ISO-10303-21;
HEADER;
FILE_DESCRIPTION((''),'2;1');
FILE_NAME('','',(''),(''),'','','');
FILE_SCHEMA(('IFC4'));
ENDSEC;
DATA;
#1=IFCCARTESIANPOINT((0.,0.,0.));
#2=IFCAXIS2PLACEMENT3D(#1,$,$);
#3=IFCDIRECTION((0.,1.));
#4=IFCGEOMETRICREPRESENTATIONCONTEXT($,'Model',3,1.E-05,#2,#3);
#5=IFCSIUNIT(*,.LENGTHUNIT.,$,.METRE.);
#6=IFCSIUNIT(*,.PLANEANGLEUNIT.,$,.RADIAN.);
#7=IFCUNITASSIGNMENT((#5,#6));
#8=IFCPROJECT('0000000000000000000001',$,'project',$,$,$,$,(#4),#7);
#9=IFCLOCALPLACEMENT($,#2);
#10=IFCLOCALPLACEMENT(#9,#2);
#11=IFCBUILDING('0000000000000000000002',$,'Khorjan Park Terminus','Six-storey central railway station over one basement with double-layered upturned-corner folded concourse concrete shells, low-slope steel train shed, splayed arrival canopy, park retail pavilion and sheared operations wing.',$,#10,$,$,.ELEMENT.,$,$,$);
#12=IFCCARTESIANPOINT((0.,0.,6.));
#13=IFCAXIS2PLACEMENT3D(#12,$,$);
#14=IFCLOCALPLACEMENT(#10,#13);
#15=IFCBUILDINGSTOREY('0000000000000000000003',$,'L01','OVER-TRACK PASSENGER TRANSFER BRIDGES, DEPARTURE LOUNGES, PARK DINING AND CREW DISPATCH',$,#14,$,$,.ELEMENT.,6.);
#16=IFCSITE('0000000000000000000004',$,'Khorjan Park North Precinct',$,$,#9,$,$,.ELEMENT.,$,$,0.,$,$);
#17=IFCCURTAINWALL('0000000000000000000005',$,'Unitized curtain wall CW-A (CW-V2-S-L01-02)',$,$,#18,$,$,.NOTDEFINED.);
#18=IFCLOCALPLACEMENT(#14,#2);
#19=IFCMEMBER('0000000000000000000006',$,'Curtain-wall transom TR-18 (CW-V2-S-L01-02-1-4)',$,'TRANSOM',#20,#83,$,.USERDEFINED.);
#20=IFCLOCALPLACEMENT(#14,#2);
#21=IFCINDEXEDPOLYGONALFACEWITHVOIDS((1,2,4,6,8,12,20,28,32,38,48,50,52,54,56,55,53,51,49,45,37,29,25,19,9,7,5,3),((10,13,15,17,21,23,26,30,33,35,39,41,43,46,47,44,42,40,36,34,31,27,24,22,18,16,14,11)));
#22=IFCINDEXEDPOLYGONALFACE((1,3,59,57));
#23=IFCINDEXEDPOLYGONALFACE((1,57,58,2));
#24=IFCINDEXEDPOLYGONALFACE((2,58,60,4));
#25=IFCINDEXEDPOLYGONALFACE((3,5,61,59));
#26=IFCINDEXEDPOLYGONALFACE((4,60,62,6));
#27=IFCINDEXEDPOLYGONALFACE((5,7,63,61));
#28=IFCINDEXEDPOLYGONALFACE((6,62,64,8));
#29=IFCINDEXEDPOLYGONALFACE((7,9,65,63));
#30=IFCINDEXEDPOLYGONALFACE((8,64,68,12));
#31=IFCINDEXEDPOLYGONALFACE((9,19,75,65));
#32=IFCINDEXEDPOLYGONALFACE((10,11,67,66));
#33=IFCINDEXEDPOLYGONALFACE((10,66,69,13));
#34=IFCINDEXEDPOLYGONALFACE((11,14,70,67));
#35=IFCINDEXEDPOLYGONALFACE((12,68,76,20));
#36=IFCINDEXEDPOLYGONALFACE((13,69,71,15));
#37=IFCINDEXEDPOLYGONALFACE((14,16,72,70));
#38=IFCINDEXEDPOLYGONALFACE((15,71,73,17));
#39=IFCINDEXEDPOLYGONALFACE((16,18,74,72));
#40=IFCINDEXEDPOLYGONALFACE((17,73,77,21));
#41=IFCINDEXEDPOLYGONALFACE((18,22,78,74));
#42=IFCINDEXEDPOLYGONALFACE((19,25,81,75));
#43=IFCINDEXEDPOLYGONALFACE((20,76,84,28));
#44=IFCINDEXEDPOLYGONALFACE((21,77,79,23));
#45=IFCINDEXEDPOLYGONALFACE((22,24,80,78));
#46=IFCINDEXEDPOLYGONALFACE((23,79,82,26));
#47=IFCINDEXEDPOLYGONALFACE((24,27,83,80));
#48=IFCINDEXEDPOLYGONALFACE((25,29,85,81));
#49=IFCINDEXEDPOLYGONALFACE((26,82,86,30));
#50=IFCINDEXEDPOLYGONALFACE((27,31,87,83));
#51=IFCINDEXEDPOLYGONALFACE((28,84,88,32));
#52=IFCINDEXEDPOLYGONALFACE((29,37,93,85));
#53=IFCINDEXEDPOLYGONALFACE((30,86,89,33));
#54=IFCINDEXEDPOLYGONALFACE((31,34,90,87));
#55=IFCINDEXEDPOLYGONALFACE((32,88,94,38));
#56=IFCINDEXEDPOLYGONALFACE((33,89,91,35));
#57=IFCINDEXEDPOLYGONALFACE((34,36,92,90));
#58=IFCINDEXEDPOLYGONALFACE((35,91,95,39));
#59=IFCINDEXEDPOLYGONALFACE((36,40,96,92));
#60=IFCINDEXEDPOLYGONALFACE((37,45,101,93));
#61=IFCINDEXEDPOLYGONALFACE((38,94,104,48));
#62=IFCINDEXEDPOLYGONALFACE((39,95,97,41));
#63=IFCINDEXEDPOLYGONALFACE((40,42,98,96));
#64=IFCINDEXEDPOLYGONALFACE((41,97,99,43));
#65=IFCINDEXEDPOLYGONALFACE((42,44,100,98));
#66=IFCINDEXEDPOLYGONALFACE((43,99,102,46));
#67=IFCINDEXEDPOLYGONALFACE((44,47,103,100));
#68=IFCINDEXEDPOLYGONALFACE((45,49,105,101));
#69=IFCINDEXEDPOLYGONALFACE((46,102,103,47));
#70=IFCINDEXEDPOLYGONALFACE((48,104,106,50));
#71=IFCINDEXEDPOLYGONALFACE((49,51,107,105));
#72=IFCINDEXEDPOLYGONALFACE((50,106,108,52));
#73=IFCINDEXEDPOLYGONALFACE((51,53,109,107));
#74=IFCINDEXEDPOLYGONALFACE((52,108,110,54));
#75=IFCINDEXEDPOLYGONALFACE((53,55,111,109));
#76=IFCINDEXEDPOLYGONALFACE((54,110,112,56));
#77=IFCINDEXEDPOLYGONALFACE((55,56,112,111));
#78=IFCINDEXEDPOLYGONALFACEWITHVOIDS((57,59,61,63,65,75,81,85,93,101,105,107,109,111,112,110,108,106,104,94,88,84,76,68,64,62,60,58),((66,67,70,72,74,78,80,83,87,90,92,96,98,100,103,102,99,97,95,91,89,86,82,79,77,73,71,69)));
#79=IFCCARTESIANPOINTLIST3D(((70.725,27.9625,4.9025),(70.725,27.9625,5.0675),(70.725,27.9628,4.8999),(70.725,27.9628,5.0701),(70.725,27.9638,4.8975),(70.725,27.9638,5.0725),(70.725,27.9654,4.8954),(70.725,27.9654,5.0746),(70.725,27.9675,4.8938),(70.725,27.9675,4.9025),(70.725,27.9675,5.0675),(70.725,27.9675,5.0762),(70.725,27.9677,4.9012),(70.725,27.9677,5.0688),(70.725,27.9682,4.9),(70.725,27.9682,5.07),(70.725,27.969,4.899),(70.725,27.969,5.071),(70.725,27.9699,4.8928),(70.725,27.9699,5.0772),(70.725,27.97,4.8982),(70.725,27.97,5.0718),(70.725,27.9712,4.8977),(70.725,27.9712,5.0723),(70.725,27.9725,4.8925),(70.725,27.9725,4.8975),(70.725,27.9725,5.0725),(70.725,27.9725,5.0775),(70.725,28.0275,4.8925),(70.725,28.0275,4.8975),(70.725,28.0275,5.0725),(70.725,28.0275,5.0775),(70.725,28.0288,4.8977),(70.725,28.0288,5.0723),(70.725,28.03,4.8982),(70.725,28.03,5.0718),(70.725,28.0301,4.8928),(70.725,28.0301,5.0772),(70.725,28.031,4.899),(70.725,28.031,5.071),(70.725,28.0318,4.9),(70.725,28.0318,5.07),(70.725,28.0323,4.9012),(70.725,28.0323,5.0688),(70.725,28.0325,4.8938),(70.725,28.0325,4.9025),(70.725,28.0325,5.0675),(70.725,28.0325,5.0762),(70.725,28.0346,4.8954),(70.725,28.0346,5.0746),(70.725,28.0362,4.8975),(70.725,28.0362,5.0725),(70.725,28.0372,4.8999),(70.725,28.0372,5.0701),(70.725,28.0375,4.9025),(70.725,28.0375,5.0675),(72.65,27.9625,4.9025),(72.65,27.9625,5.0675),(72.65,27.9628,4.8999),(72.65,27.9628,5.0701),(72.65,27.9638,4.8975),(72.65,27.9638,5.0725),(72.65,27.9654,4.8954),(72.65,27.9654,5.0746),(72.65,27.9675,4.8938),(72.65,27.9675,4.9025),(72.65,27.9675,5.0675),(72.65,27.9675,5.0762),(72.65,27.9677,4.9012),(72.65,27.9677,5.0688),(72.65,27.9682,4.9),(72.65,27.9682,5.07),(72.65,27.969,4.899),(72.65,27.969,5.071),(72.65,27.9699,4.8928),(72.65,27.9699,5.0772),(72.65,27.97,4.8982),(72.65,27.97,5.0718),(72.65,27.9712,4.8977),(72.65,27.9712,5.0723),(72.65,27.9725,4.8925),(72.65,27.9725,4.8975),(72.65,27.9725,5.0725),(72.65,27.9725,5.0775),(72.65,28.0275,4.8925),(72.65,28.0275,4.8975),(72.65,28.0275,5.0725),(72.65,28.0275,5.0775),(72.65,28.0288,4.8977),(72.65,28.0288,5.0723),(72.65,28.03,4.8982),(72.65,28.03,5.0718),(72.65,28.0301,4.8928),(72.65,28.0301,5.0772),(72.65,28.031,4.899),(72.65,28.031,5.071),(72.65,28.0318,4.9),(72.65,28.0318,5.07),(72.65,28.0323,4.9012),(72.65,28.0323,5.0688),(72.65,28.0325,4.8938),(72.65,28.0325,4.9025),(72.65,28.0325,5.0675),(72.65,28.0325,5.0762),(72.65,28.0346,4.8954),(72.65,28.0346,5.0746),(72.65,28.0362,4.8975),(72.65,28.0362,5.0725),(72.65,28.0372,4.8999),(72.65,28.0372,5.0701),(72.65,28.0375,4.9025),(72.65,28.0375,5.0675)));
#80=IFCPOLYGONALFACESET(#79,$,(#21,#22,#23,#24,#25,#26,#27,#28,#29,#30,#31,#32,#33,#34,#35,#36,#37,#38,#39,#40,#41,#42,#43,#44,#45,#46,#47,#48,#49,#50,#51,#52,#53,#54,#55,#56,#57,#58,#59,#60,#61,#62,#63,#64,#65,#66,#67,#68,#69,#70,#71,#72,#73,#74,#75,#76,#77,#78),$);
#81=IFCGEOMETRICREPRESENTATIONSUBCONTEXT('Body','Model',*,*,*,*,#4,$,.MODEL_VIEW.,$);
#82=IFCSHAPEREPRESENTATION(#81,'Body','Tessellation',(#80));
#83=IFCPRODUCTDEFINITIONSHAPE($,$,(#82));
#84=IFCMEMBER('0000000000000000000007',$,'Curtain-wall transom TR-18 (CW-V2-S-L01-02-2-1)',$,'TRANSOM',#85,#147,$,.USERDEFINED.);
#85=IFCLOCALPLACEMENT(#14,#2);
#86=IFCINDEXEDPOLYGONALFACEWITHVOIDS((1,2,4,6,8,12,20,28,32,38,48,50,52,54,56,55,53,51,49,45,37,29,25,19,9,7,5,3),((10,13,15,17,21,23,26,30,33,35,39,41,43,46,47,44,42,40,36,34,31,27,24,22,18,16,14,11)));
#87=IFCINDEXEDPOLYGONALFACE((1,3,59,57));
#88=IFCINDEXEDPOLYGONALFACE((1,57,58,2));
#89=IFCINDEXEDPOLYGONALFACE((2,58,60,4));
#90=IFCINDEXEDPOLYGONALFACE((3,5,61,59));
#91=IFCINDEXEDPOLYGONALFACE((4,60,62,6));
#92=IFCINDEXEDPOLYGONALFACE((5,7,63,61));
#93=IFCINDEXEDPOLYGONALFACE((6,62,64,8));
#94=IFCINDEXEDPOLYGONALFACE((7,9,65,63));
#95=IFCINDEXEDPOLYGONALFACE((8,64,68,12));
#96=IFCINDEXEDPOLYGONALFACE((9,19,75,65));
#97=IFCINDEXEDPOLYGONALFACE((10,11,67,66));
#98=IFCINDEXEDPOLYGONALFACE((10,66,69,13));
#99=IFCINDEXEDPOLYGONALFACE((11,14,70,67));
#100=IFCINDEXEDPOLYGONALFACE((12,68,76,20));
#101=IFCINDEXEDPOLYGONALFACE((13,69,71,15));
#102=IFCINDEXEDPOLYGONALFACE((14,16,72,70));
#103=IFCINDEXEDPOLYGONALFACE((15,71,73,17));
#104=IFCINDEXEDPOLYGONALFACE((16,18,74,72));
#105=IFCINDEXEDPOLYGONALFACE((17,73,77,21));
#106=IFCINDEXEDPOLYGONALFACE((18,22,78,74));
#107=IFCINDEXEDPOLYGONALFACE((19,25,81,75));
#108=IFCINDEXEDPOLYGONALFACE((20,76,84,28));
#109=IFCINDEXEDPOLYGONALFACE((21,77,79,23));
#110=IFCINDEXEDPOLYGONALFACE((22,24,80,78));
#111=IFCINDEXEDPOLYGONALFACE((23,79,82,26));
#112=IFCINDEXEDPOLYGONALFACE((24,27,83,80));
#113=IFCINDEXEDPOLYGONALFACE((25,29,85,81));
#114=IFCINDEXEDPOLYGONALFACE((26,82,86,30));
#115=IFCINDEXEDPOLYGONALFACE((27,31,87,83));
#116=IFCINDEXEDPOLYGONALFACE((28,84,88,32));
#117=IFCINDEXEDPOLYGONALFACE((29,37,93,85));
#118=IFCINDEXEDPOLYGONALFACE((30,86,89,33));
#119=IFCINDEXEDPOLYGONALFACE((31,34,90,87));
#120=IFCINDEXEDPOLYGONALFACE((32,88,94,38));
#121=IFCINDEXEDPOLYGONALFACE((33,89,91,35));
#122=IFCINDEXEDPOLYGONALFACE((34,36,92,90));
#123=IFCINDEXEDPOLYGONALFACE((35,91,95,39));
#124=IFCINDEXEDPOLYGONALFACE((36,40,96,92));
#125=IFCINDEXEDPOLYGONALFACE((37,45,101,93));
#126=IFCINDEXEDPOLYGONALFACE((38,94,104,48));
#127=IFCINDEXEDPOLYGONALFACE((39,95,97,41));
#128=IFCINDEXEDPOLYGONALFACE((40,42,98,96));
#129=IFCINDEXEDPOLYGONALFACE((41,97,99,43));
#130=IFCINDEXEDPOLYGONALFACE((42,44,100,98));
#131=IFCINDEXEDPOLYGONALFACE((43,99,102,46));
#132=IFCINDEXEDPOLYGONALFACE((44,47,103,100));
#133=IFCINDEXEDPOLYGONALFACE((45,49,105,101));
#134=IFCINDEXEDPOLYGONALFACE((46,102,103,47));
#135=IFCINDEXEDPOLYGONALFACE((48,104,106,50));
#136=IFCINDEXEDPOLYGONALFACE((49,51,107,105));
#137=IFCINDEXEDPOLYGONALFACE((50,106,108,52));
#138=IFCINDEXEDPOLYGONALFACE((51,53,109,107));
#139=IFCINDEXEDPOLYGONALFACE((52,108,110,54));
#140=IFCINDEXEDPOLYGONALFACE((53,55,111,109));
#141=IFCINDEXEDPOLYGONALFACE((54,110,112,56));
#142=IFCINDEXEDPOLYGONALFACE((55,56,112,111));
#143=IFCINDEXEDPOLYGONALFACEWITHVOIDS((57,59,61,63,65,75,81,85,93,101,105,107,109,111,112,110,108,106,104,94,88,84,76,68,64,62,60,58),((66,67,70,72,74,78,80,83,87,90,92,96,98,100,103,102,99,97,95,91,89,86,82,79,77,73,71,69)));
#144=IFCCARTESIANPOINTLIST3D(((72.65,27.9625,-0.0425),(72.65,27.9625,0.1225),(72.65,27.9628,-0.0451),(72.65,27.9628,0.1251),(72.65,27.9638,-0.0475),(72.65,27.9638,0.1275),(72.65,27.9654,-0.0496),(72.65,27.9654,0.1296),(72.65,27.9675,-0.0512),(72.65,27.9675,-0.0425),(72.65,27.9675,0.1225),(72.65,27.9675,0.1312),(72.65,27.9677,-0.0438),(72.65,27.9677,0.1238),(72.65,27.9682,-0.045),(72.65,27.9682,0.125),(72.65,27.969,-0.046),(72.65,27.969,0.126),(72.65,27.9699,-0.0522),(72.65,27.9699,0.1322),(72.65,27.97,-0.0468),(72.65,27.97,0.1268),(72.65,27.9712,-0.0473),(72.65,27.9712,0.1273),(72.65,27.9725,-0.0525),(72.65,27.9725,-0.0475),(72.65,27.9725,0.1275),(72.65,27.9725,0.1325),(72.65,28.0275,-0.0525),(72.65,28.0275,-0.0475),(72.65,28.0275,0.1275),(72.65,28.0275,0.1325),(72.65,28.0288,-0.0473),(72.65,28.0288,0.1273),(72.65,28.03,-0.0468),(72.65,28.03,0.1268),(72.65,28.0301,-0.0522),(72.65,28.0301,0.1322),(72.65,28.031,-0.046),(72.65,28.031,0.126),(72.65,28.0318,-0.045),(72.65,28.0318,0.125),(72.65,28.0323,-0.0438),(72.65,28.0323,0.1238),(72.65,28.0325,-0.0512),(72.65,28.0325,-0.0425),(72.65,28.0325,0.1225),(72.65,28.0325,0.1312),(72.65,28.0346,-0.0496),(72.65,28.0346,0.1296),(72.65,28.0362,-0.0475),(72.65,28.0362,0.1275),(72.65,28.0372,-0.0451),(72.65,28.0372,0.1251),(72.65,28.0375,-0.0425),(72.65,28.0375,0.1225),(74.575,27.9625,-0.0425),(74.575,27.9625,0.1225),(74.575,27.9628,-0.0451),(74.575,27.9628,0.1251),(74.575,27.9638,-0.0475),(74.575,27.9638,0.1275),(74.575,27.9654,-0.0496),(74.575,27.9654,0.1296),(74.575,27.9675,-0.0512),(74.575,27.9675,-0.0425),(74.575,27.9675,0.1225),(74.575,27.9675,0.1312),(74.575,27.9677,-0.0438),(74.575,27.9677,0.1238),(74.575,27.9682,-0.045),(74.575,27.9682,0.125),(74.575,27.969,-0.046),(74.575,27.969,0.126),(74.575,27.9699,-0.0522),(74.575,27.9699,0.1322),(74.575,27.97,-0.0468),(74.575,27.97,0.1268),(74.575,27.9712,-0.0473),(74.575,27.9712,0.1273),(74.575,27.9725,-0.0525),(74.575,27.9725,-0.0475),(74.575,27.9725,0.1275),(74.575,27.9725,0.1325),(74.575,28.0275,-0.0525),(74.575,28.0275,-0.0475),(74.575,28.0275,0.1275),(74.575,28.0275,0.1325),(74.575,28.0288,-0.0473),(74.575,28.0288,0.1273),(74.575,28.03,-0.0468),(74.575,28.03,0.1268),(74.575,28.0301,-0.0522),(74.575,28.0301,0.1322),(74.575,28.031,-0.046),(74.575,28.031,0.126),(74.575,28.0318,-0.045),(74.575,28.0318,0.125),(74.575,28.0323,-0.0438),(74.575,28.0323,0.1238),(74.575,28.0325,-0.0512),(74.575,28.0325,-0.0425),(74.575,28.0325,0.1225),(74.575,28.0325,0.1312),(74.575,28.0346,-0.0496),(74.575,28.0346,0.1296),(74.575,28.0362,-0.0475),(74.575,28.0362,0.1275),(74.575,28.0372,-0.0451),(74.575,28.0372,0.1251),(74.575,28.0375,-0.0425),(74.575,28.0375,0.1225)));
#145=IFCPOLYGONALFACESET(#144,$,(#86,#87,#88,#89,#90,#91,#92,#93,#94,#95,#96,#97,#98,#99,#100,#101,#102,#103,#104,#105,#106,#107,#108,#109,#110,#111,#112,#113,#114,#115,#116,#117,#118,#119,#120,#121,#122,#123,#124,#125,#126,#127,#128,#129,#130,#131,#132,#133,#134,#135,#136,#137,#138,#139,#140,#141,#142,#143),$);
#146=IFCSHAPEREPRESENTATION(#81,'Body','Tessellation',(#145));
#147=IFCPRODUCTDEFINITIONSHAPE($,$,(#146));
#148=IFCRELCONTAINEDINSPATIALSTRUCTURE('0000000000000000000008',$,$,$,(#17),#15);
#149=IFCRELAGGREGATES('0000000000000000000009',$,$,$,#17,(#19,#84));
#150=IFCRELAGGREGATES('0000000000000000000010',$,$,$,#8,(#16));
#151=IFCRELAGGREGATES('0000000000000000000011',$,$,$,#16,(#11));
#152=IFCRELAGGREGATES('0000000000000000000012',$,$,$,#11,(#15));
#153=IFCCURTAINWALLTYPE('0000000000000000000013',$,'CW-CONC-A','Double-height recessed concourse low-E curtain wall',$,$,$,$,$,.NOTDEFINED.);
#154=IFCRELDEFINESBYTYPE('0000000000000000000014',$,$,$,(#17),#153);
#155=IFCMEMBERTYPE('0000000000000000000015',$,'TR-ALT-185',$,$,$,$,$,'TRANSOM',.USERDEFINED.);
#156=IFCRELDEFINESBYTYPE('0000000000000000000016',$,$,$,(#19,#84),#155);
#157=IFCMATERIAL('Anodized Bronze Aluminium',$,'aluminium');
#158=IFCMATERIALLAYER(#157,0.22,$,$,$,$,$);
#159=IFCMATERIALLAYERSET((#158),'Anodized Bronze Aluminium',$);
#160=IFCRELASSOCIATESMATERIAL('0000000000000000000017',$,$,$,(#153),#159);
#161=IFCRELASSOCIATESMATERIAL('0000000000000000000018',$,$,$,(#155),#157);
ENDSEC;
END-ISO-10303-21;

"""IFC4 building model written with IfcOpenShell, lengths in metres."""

from ifc_helpers import new_model, si_unit, direction, frame, origin, origin_2d, place, context, subcontext, project, spatial, hollow_rectangle, extrude, material, layer, layer_set, material_profile, profile_set, type_object, element, aggregate, save


model = new_model("IFC4")

# Units and contexts
model_context = context("Model", 3, precision=1e-05, world=origin(), true_north=direction((0.0, 1.0)))
body_context = subcontext(model_context, "Body", "Model", "MODEL_VIEW")
ifc_project = project(units=[si_unit("LENGTHUNIT", "METRE"), si_unit("PLANEANGLEUNIT", "RADIAN")], contexts=[model_context])

# Site, building, storey
site_placement = place(None, origin())
site = spatial("IfcSite", under=ifc_project, at=site_placement, Name="Khorjan Park North Precinct", CompositionType="ELEMENT", RefElevation=0.0)
building_placement = place(site_placement, origin())
building = spatial("IfcBuilding", under=site, at=building_placement, Name="Khorjan Park Terminus", Description="Six-storey central railway station over one basement with double-layered upturned-corner folded concourse concrete shells, low-slope steel train shed, splayed arrival canopy, park retail pavilion and sheared operations wing.", CompositionType="ELEMENT")
storey_placement = place(building_placement, frame((0.0, 0.0, 6.0)))
storey = spatial("IfcBuildingStorey", under=building, at=storey_placement, Name="L01", Description="OVER-TRACK PASSENGER TRANSFER BRIDGES, DEPARTURE LOUNGES, PARK DINING AND CREW DISPATCH", CompositionType="ELEMENT", Elevation=6.0)

# Curtain wall
ifc_material_1 = material(Name="Anodized Bronze Aluminium", Category="aluminium")
ifc_layer_1 = layer(ifc_material_1, 0.22)
ifc_layer_set_1 = layer_set([ifc_layer_1], Name="Anodized Bronze Aluminium")
curtain_wall_type = type_object("IfcCurtainWallType", Name="CW-CONC-A", Description="Double-height recessed concourse low-E curtain wall", PredefinedType="NOTDEFINED", material=ifc_layer_set_1)
curtain_wall_1_placement = place(storey_placement, origin())
curtain_wall_1 = element("IfcCurtainWall", 1, at=curtain_wall_1_placement, inside=storey, type_object=curtain_wall_type, Name="Unitized curtain wall CW-A (CW-V2-S-L01-02)", PredefinedType="NOTDEFINED")

# Members
ifc_material_profile_1 = material_profile(ifc_material_1, hollow_rectangle(XDim=0.075, YDim=0.185, WallThickness=0.005, InnerFilletRadius=0.005, OuterFilletRadius=0.01, at=origin_2d()), Name="ALT 75x185x5")
ifc_profile_set_1 = profile_set([ifc_material_profile_1], Name="Anodized Bronze Aluminium")
member_type_1 = type_object("IfcMemberType", Name="TR-ALT-185", ElementType="TRANSOM", PredefinedType="USERDEFINED", material=ifc_profile_set_1)
member_1_placement = place(storey_placement, frame((70.725, 28.0, 4.985), z_axis=(1.0, 0.0, 0.0), x_axis=(0.0, 1.0, 0.0)))
member_1 = element("IfcMember", 2, at=member_1_placement, type_object=member_type_1, Name="Curtain-wall transom TR-18 (CW-V2-S-L01-02-1-4)", ObjectType="TRANSOM", PredefinedType="USERDEFINED", context=body_context, shape_type="SweptSolid", body=[
    extrude(hollow_rectangle(XDim=0.075, YDim=0.185, WallThickness=0.005, InnerFilletRadius=0.005, OuterFilletRadius=0.01, at=origin_2d()), origin(), (0.0, 0.0, 1.0), 1.925),
])
member_2_placement = place(storey_placement, frame((72.65, 28.0, 0.04), z_axis=(1.0, 0.0, 0.0), x_axis=(0.0, 1.0, 0.0)))
member_2 = element("IfcMember", 3, at=member_2_placement, type_object=member_type_1, Name="Curtain-wall transom TR-18 (CW-V2-S-L01-02-2-1)", ObjectType="TRANSOM", PredefinedType="USERDEFINED", context=body_context, shape_type="SweptSolid", body=[
    extrude(hollow_rectangle(XDim=0.075, YDim=0.185, WallThickness=0.005, InnerFilletRadius=0.005, OuterFilletRadius=0.01, at=origin_2d()), origin(), (0.0, 0.0, 1.0), 1.925),
])

aggregate(curtain_wall_1, [member_1, member_2])

save(model, "model.ifc")
